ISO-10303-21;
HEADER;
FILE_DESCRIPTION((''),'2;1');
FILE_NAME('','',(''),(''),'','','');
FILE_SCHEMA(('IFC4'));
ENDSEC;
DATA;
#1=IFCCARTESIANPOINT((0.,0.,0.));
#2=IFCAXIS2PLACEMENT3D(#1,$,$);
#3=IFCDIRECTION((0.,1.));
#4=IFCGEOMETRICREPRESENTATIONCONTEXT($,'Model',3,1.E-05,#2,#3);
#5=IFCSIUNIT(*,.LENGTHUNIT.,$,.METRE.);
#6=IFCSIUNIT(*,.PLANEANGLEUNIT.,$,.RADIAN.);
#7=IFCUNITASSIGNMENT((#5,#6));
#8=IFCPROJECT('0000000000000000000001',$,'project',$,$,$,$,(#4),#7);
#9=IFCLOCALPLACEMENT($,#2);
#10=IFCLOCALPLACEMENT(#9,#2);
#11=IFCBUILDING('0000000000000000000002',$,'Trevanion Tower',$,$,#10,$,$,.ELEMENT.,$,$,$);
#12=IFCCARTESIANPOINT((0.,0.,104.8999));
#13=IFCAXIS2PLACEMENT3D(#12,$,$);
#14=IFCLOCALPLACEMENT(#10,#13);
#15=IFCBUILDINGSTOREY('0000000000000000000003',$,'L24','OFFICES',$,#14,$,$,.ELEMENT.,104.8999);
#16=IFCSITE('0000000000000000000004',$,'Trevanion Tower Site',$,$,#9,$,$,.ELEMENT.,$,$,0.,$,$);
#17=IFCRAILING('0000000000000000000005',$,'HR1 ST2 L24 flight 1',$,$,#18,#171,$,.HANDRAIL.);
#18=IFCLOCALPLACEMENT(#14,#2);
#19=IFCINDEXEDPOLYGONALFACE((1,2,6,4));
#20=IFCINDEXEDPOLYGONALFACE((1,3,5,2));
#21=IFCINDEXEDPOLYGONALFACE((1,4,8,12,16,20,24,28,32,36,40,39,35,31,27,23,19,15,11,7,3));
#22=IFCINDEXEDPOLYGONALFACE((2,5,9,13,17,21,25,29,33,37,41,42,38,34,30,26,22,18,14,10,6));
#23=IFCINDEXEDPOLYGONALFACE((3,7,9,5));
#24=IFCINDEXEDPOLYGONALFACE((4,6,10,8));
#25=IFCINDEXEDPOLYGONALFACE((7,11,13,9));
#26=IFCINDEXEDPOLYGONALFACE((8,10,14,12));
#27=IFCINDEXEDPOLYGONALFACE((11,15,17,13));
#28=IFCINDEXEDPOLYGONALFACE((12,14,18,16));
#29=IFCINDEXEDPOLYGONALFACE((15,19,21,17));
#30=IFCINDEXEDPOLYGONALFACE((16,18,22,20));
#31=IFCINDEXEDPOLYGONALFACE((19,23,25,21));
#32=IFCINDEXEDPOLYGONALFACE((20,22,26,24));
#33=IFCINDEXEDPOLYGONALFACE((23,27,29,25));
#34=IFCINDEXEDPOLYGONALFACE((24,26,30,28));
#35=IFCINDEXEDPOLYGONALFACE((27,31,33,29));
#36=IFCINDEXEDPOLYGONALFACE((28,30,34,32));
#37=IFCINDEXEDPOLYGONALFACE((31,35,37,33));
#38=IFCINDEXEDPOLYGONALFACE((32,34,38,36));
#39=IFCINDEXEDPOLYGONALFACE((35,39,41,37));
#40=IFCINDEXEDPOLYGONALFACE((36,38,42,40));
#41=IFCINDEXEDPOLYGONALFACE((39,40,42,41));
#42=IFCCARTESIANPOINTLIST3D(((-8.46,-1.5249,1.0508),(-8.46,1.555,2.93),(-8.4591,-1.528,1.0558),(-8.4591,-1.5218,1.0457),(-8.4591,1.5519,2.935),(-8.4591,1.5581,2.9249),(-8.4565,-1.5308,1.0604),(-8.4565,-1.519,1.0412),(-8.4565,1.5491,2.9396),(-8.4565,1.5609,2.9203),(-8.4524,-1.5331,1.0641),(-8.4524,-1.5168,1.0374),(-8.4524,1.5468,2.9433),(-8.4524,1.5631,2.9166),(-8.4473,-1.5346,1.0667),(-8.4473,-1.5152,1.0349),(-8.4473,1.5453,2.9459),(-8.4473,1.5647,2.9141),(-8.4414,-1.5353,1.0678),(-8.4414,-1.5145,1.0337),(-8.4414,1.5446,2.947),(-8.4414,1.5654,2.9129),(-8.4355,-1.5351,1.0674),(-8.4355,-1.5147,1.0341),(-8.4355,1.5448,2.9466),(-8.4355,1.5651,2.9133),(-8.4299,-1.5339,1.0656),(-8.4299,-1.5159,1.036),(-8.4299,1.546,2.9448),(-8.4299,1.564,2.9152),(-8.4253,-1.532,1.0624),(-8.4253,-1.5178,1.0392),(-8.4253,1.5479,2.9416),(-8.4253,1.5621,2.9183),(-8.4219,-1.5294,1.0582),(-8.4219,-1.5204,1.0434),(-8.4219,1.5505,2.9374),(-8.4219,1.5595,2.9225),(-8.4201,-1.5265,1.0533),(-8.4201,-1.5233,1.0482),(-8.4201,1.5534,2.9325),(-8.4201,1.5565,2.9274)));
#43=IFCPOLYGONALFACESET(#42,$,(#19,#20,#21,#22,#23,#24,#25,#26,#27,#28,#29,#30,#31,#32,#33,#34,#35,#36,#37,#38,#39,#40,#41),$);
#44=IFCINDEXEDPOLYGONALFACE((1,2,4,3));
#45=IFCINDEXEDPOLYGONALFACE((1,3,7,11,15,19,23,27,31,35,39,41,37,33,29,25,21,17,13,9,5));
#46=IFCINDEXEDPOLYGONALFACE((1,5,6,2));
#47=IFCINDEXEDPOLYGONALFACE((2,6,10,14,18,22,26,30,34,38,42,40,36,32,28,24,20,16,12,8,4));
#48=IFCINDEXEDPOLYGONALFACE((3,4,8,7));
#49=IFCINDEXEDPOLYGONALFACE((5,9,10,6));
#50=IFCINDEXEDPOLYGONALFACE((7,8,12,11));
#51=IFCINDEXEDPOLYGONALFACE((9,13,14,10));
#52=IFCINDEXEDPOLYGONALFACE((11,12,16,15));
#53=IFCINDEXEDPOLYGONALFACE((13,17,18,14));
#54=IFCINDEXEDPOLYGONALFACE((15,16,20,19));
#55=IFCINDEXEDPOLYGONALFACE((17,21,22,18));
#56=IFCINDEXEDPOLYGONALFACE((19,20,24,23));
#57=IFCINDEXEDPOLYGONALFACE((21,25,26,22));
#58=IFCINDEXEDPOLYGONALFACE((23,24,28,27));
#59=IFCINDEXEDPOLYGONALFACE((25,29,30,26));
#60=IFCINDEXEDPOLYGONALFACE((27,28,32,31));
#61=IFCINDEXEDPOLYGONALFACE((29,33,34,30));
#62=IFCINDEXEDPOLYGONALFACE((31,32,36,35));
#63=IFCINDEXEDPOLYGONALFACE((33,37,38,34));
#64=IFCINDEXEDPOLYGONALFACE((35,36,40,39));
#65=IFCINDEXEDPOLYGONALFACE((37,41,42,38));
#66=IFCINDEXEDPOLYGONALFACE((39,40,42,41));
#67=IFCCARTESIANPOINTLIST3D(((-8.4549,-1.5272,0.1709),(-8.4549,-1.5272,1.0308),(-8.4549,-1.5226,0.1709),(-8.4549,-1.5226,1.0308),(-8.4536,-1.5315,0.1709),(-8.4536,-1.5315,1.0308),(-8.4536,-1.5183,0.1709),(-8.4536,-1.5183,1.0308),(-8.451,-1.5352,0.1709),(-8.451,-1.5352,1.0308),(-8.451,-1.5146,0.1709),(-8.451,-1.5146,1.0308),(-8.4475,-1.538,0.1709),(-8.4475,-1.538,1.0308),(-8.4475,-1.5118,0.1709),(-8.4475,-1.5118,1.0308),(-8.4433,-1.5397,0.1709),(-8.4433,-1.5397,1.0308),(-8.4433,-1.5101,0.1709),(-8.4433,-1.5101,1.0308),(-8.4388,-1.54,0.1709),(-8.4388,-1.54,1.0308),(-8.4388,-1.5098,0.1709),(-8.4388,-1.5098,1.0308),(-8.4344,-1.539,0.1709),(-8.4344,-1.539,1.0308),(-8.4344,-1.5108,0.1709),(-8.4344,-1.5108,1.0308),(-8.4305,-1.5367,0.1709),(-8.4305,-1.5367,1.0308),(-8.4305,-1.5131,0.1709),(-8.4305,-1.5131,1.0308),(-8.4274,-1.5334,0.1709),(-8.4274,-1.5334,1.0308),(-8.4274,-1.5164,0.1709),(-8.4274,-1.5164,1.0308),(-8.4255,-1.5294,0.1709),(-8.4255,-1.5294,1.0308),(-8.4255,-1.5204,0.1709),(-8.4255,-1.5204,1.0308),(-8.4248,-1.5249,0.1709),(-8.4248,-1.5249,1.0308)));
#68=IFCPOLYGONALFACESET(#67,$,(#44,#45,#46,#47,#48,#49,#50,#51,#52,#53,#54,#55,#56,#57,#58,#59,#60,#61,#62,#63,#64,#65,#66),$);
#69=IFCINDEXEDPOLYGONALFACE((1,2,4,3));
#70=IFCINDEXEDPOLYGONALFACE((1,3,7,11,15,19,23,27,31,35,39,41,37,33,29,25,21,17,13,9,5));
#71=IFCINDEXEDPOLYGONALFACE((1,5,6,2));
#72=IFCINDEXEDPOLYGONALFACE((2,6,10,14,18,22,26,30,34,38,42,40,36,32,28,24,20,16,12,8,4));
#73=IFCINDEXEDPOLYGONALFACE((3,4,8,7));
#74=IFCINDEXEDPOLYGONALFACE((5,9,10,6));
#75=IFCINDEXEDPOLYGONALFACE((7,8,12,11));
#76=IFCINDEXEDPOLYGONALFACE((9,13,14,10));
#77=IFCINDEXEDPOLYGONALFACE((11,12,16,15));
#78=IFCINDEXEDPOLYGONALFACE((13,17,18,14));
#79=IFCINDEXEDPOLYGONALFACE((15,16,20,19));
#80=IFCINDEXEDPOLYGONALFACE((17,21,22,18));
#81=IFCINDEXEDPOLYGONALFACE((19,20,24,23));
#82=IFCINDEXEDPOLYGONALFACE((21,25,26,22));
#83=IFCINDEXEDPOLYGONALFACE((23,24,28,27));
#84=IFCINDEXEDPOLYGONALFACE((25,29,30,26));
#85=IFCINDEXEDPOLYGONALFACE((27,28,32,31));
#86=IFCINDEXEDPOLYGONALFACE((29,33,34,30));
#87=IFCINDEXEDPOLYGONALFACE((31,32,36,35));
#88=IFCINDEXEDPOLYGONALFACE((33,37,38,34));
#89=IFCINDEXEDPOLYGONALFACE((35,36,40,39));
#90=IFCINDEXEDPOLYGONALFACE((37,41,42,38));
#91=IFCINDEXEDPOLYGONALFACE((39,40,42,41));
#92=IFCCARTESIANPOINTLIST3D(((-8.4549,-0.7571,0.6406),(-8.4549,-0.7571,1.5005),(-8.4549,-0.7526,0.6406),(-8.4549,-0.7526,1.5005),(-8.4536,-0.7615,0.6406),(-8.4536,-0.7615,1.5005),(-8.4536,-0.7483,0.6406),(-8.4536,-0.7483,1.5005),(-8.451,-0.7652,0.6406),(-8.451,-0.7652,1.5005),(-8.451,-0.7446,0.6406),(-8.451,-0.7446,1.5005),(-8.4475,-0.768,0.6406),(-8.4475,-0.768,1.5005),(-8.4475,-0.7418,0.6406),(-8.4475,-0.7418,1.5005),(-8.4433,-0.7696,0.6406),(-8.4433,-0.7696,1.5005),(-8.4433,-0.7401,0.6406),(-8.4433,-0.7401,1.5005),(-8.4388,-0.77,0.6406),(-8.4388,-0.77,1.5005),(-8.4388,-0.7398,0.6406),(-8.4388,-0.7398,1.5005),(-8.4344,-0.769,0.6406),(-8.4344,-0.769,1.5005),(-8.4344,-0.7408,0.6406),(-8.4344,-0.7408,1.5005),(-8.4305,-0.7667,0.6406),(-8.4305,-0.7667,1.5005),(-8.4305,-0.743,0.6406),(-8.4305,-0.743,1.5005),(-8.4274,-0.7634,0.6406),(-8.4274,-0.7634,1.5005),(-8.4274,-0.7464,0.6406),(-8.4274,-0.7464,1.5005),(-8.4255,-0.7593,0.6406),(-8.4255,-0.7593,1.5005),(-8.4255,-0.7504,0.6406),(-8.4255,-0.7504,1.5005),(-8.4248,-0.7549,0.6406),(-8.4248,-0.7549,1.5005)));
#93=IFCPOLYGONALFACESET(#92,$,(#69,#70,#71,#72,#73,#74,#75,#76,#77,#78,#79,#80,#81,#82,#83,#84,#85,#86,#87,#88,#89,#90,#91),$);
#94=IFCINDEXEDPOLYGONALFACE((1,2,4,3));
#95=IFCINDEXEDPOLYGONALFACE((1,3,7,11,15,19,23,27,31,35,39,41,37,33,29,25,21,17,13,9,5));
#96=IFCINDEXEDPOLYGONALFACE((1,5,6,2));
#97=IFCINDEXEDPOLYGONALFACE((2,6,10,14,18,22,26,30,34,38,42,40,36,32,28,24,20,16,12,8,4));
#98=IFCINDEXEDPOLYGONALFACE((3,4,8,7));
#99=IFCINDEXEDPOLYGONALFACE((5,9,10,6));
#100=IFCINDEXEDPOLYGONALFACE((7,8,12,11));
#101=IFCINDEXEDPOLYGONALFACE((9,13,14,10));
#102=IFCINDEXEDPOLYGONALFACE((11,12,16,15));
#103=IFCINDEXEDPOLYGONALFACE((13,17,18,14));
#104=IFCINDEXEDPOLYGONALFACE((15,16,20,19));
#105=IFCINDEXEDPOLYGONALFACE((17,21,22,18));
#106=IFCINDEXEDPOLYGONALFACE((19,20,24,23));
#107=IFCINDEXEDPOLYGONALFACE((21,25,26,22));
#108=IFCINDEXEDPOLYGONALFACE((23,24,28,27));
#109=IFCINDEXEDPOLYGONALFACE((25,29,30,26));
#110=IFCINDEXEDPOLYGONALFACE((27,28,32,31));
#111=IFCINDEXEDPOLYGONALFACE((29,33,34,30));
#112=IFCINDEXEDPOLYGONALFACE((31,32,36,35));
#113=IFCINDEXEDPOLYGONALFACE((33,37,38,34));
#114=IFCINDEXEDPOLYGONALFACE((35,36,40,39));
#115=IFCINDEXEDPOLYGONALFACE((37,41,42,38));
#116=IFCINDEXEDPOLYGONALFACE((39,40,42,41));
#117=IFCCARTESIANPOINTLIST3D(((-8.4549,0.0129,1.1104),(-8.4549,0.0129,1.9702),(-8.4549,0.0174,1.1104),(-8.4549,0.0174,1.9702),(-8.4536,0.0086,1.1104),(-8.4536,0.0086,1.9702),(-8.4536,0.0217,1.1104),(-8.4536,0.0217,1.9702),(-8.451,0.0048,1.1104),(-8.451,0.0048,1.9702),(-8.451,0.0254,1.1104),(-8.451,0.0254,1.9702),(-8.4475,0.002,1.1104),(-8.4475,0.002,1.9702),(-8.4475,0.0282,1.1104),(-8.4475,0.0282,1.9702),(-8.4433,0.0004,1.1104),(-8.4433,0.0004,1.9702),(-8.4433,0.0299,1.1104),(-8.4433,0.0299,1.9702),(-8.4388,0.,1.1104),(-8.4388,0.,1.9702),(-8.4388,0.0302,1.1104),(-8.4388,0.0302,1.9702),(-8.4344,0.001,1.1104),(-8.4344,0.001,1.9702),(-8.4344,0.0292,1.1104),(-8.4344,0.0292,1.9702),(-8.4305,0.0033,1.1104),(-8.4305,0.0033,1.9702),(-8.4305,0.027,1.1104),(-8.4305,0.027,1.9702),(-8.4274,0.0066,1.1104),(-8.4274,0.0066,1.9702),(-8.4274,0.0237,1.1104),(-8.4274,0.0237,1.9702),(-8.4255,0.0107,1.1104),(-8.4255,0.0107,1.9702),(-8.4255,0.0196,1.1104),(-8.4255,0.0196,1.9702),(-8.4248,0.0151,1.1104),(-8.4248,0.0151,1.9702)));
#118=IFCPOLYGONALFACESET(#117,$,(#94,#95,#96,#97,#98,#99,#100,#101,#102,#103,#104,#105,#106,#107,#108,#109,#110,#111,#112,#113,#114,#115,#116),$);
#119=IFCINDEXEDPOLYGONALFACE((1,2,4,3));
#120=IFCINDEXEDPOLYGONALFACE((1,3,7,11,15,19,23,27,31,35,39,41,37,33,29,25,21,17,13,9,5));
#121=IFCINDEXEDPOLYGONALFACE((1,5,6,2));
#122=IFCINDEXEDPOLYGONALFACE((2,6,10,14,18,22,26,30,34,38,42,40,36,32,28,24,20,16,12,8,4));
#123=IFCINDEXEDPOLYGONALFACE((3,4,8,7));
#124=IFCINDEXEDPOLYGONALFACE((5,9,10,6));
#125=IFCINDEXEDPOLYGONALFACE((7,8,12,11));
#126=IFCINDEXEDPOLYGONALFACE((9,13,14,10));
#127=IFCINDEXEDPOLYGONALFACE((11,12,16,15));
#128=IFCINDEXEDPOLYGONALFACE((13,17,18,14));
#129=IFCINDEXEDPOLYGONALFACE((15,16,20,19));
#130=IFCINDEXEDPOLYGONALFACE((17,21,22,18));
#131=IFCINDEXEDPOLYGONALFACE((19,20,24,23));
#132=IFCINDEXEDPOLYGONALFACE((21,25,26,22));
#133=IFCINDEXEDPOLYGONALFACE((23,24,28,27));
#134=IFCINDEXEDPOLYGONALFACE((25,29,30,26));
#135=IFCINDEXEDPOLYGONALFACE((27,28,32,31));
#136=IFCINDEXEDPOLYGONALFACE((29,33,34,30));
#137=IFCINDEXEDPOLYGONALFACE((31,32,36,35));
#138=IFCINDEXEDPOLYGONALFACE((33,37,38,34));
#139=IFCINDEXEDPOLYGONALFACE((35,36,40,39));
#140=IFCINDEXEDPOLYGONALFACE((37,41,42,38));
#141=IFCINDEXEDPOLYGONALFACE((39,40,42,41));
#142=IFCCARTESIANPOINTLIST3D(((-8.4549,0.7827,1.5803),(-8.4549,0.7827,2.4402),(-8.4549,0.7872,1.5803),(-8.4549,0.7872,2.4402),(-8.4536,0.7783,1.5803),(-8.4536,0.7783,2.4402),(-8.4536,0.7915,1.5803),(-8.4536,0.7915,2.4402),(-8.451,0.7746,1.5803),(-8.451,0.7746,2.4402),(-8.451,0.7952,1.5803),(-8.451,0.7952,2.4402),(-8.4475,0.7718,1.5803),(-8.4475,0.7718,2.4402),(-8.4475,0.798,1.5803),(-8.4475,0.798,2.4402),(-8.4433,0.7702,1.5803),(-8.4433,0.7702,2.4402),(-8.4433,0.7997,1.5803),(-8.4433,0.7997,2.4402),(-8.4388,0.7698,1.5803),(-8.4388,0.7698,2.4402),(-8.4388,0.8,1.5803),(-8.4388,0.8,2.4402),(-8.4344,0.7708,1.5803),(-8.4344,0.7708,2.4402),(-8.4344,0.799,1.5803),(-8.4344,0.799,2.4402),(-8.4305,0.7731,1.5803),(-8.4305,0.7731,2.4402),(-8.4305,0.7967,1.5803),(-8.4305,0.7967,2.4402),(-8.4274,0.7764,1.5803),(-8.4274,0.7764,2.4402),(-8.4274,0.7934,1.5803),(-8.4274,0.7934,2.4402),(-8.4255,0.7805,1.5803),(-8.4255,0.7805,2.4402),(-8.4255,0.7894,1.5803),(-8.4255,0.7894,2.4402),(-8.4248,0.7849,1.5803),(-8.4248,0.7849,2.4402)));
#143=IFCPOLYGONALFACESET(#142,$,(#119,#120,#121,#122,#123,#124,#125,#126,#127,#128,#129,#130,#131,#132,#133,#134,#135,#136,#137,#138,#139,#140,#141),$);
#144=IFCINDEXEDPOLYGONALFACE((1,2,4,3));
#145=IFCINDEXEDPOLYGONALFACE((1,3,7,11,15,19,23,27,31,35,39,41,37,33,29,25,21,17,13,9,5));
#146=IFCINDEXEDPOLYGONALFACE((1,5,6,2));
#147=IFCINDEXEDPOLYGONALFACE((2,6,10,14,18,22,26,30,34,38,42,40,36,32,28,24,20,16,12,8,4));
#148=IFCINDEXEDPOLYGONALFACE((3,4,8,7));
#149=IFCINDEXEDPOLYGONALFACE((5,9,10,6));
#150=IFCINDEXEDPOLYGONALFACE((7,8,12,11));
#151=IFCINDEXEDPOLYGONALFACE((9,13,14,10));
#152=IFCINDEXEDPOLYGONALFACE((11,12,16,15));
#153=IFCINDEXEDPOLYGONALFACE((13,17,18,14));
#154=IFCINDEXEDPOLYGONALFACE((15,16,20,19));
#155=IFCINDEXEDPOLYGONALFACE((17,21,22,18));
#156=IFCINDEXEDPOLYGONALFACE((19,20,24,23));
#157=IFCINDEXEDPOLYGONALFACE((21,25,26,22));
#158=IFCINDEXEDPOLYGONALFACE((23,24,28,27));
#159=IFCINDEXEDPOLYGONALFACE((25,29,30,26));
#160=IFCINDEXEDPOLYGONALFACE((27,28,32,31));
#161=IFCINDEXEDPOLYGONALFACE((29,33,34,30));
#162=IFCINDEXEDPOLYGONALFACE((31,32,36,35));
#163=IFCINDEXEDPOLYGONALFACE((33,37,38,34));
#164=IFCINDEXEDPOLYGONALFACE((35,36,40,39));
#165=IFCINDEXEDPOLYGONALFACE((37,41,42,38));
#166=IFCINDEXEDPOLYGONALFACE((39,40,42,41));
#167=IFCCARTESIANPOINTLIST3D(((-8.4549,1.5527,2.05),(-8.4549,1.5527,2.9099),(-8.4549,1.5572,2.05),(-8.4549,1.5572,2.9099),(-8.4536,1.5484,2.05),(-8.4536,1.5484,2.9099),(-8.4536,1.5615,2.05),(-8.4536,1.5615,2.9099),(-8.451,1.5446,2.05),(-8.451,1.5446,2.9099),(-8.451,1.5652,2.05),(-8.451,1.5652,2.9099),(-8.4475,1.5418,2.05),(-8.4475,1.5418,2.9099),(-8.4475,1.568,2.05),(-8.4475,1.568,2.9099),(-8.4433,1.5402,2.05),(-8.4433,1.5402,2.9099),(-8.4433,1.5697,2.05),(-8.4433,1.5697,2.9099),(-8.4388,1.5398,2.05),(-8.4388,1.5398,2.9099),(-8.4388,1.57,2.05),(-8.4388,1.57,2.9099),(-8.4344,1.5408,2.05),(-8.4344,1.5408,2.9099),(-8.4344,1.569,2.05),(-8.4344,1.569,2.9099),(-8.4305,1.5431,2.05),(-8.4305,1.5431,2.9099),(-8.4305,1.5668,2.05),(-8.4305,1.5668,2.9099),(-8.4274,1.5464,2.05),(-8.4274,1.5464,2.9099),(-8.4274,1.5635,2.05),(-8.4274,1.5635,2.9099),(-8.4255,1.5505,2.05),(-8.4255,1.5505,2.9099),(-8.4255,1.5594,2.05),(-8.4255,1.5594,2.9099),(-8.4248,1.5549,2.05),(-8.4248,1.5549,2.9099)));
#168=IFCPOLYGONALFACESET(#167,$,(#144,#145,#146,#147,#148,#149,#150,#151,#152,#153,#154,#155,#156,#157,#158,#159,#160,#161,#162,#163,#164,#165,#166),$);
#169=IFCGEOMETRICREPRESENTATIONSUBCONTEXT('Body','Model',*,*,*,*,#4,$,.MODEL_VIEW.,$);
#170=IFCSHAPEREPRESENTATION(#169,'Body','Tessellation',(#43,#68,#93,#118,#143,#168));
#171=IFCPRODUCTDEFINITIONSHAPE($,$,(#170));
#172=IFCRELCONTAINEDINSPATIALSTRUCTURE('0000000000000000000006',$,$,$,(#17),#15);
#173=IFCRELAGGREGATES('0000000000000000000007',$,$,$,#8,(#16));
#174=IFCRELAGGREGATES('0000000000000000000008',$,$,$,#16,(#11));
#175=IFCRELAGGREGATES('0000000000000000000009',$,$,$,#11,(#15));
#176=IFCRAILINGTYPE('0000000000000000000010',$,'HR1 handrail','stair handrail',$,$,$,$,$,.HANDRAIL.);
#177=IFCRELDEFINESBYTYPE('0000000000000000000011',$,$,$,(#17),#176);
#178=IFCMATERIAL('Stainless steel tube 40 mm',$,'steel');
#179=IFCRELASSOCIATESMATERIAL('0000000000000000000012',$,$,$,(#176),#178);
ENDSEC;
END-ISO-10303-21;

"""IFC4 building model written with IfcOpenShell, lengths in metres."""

from ifc_helpers import new_model, si_unit, direction, frame, origin, origin_2d, place, context, subcontext, project, spatial, circle, extrude, material, type_object, element, save


model = new_model("IFC4")

# Units and contexts
model_context = context("Model", 3, precision=1e-05, world=origin(), true_north=direction((0.0, 1.0)))
body_context = subcontext(model_context, "Body", "Model", "MODEL_VIEW")
ifc_project = project(units=[si_unit("LENGTHUNIT", "METRE"), si_unit("PLANEANGLEUNIT", "RADIAN")], contexts=[model_context])

# Site, building, storey
site_placement = place(None, origin())
site = spatial("IfcSite", under=ifc_project, at=site_placement, Name="Trevanion Tower Site", CompositionType="ELEMENT", RefElevation=0.0)
building_placement = place(site_placement, origin())
building = spatial("IfcBuilding", under=site, at=building_placement, Name="Trevanion Tower", CompositionType="ELEMENT")
storey_placement = place(building_placement, frame((0.0, 0.0, 104.8999)))
storey = spatial("IfcBuildingStorey", under=building, at=storey_placement, Name="L24", Description="OFFICES", CompositionType="ELEMENT", Elevation=104.8999)

# Railing
ifc_material_1 = material(Name="Stainless steel tube 40 mm", Category="steel")
railing_type = type_object("IfcRailingType", Name="HR1 handrail", Description="stair handrail", PredefinedType="HANDRAIL", material=ifc_material_1)
for number, where, name in (
    (1, (-8.4399, -1.5249, 0.1709), "HR1 ST2 L24 flight 1"),
):
    element("IfcRailing", number, at=place(storey_placement, frame(where)), inside=storey, type_object=railing_type, Name=name, PredefinedType="HANDRAIL", context=body_context, shape_type="SweptSolid", body=[
        extrude(circle(Radius=0.02, at=origin_2d()), frame((0.0, 0.0, 0.8799), z_axis=(0.0, 0.853648, 0.52085), x_axis=(-1.0, 0.0, 0.0)), (0.0, 0.0, 1.0), 3.6079),
        extrude(circle(Radius=0.0151, at=origin_2d()), origin(), (0.0, 0.0, 1.0), 0.8599),
        extrude(circle(Radius=0.0151, at=origin_2d()), frame((0.0, 0.77, 0.4697)), (0.0, 0.0, 1.0), 0.8599),
        extrude(circle(Radius=0.0151, at=origin_2d()), frame((0.0, 1.54, 0.9395)), (0.0, 0.0, 1.0), 0.8599),
        extrude(circle(Radius=0.0151, at=origin_2d()), frame((0.0, 2.3098, 1.4094)), (0.0, 0.0, 1.0), 0.8599),
        extrude(circle(Radius=0.0151, at=origin_2d()), frame((0.0, 3.0798, 1.8792)), (0.0, 0.0, 1.0), 0.8599),
    ])

save(model, "model.ifc")
